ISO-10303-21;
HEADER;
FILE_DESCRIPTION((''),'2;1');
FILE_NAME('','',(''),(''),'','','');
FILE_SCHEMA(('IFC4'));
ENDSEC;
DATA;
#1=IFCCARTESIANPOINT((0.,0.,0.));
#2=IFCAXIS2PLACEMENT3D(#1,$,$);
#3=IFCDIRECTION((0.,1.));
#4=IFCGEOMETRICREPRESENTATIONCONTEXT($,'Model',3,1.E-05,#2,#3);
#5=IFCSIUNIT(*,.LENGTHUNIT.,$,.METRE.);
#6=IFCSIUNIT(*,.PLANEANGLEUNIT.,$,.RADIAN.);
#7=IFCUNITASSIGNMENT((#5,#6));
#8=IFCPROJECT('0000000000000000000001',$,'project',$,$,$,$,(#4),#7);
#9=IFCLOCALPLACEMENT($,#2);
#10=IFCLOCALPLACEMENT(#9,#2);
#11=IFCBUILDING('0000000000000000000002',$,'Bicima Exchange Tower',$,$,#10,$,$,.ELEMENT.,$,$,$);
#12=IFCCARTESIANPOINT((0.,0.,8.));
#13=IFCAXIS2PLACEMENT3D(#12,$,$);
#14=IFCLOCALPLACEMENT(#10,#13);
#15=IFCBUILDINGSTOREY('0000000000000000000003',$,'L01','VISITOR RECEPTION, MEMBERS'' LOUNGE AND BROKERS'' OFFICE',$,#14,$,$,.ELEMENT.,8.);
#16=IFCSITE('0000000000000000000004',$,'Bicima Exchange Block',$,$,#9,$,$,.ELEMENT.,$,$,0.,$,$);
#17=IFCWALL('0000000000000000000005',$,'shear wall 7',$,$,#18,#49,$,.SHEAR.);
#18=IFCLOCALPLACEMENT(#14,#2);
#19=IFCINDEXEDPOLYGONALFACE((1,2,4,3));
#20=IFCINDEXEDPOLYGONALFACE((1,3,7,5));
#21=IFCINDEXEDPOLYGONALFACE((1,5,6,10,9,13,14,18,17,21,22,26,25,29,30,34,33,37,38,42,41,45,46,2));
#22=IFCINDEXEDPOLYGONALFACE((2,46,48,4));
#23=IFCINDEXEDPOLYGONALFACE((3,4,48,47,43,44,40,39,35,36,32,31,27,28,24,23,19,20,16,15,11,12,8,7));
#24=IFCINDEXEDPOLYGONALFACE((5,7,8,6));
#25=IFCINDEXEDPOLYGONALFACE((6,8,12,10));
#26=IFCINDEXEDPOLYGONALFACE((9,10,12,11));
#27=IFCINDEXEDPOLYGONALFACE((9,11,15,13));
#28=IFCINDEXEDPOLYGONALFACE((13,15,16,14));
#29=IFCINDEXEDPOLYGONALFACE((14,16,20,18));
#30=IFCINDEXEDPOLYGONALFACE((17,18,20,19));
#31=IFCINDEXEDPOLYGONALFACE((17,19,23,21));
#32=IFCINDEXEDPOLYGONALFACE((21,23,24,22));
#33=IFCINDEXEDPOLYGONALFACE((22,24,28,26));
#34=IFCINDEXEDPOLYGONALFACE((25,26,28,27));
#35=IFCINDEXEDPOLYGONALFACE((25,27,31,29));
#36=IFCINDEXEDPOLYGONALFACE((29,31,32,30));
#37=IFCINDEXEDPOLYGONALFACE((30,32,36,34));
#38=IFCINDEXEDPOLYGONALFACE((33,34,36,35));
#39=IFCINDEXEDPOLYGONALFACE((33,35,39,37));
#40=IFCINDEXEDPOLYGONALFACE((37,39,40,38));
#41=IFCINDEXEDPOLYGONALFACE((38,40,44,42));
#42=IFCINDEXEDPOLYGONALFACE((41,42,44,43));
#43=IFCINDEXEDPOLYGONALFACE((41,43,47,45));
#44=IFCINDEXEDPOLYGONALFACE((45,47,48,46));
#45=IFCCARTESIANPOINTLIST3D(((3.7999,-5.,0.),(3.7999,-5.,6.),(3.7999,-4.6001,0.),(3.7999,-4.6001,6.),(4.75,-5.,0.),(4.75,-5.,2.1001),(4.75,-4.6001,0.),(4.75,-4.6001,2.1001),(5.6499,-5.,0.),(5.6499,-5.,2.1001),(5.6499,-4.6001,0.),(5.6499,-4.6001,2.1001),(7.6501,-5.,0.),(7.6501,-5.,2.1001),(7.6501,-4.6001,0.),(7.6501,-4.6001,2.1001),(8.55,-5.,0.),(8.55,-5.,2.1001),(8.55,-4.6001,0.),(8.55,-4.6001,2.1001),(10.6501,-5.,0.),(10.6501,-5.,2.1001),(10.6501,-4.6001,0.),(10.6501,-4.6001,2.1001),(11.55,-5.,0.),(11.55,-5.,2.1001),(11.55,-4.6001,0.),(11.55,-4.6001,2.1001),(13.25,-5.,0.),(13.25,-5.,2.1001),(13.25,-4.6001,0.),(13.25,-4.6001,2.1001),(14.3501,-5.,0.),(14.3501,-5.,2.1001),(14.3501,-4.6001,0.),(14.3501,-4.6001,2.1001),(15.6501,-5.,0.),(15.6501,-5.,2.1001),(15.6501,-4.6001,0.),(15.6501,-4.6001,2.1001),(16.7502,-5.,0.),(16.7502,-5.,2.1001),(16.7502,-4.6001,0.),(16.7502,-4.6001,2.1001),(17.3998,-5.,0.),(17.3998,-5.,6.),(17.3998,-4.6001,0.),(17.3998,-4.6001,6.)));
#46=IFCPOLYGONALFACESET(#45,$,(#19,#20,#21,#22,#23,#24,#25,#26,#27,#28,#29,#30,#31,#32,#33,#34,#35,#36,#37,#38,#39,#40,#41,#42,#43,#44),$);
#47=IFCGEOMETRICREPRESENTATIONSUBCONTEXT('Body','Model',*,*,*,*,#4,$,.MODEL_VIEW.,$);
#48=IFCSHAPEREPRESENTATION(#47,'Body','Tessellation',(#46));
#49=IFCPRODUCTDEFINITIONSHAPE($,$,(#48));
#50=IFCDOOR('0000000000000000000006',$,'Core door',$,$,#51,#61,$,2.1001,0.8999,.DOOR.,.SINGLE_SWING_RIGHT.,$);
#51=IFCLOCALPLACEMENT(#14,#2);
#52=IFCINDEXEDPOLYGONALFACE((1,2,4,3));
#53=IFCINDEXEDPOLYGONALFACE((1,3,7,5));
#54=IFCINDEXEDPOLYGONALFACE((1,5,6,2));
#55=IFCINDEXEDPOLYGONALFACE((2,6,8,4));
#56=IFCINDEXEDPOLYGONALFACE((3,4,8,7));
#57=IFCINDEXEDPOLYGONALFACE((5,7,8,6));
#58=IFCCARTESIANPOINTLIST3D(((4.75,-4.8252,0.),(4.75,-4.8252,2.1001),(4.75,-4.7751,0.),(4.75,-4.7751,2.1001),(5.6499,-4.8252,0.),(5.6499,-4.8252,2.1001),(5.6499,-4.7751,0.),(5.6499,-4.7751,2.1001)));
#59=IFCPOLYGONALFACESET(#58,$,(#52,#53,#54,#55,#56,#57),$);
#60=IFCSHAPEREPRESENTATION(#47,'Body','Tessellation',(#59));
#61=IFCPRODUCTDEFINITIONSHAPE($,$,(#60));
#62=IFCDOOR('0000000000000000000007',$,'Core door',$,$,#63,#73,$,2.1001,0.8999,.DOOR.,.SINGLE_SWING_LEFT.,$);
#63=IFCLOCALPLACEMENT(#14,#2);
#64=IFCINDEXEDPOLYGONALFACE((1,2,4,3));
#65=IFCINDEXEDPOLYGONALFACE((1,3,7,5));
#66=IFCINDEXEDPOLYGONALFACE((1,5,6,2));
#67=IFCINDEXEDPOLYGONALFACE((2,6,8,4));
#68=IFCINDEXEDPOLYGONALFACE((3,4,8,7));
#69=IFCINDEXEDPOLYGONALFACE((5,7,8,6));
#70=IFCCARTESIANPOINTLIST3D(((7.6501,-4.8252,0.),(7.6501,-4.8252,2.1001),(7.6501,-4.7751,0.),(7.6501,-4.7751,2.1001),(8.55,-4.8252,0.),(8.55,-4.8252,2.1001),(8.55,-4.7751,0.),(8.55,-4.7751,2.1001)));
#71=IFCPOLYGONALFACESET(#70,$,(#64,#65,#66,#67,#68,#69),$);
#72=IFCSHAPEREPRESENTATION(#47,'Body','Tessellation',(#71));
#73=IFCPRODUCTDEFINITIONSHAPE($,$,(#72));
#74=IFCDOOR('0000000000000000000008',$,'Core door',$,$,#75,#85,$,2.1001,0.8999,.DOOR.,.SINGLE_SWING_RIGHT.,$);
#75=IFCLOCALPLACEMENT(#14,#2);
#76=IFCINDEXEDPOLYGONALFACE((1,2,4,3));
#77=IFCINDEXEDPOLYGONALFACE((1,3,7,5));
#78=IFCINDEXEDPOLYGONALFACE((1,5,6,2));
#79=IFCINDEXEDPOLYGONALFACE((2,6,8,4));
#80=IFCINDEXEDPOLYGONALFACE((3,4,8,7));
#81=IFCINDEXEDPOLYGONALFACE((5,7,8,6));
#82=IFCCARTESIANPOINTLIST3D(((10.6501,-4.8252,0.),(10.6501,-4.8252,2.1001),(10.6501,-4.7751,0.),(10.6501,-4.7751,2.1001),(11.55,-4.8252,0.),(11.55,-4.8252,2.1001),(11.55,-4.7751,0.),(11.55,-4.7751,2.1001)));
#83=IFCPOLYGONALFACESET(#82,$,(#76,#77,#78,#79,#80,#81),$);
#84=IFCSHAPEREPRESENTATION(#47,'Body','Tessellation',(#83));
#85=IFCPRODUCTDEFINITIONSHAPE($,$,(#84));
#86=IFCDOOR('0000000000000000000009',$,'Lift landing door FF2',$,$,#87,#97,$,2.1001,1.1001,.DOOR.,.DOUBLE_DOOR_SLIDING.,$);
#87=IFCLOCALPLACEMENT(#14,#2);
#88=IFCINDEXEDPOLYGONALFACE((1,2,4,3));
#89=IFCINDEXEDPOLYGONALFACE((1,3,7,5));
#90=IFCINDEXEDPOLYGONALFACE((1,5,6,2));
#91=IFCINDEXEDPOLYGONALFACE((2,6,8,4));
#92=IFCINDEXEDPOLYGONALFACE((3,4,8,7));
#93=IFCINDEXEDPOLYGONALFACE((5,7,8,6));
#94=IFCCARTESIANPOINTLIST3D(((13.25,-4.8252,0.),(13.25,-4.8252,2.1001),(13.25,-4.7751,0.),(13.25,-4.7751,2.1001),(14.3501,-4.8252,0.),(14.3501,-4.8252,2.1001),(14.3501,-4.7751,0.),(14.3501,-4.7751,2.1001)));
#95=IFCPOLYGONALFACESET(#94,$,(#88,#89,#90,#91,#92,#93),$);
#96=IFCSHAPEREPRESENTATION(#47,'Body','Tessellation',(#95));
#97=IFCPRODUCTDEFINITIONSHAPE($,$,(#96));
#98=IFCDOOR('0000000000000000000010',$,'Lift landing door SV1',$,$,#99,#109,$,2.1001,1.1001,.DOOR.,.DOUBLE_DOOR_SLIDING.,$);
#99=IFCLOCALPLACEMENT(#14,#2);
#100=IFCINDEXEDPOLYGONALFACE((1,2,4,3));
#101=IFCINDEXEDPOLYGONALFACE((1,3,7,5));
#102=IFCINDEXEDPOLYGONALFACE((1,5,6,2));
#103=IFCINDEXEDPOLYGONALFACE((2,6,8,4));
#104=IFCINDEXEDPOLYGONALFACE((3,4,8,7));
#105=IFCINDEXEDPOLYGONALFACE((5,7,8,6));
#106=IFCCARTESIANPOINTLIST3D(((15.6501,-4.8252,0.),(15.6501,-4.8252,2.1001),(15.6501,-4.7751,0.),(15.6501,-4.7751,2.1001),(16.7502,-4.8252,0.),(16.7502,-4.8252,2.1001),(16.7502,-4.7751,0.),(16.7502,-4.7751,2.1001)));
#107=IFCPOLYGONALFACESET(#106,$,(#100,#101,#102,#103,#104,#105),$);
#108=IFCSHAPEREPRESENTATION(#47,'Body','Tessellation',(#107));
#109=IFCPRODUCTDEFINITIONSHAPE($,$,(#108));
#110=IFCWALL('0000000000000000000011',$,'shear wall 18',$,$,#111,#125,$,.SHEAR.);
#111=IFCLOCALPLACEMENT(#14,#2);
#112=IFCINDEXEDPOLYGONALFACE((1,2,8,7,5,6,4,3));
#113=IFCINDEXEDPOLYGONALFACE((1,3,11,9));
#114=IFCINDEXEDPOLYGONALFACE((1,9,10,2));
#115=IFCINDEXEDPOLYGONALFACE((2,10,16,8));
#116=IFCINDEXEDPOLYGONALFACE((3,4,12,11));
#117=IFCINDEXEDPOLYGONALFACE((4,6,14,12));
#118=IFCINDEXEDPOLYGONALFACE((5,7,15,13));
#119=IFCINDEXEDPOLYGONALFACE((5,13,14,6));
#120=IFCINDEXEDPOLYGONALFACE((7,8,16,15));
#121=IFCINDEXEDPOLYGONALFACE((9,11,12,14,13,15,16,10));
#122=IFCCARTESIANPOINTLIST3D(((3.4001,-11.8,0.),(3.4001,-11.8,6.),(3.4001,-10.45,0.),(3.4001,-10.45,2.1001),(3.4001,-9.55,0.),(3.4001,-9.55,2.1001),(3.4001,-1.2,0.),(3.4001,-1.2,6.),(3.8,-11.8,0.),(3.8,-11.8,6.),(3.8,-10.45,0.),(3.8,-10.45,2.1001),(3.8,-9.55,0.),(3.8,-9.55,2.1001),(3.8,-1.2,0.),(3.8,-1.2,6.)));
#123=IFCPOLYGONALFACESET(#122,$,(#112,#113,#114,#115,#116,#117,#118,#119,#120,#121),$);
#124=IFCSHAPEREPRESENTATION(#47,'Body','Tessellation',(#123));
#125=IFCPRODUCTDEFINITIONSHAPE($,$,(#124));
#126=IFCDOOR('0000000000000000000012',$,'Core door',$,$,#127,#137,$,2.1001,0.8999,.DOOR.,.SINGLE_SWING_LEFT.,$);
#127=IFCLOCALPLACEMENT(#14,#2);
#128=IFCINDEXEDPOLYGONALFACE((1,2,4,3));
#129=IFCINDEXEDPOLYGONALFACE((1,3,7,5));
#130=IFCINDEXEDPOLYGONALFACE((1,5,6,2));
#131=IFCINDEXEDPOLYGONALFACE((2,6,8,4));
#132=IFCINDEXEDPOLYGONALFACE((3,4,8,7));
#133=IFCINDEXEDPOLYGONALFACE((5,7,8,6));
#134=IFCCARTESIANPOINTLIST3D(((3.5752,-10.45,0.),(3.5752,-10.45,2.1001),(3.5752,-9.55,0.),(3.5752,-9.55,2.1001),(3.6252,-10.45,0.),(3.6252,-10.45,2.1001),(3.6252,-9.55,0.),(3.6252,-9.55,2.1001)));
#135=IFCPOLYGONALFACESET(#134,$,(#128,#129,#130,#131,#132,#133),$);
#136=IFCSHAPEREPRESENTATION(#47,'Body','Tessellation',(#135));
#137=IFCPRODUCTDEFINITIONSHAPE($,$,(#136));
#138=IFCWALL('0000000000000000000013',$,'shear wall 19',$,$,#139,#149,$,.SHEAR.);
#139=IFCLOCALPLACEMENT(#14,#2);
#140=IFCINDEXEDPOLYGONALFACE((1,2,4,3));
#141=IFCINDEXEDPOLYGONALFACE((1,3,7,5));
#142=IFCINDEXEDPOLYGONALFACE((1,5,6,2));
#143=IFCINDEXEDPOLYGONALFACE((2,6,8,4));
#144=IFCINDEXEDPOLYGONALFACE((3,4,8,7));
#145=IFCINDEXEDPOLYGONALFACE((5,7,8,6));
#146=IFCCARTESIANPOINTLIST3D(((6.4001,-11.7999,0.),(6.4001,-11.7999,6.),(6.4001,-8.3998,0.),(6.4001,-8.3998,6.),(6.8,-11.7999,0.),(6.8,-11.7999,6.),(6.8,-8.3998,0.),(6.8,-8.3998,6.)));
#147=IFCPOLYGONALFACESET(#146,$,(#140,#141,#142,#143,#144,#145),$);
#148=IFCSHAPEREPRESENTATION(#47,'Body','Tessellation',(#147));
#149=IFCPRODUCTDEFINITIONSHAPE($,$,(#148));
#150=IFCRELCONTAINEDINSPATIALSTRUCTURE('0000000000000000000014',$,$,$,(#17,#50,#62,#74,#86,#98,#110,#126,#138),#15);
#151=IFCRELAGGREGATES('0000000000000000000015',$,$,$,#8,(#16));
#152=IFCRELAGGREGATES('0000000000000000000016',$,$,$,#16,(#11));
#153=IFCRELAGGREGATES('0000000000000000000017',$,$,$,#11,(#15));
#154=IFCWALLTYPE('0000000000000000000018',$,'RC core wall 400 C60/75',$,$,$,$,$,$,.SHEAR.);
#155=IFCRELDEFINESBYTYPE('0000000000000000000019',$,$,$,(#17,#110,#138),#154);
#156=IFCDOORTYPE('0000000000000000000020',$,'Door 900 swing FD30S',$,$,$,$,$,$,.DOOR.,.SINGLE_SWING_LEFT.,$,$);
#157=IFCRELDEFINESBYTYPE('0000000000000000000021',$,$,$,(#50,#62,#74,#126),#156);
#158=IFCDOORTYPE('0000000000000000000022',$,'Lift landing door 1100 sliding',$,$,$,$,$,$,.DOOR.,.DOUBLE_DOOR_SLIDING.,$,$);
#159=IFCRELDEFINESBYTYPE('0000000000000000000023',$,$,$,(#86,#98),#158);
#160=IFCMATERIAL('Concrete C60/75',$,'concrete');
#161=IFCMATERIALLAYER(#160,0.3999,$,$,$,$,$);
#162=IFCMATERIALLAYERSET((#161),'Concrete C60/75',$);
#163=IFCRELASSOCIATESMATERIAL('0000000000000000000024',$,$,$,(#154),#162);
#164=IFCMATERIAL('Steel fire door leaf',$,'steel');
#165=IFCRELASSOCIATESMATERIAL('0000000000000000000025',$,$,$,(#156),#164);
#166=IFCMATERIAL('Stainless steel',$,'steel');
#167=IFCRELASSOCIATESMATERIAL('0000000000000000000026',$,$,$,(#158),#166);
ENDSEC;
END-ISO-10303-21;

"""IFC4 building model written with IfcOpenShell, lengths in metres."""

from ifc_helpers import new_model, si_unit, direction, frame, frame_2d, origin, place, context, subcontext, project, spatial, rectangle, extrude, material, layer, layer_set, type_object, element, fill, save


model = new_model("IFC4")

# Units and contexts
model_context = context("Model", 3, precision=1e-05, world=origin(), true_north=direction((0.0, 1.0)))
body_context = subcontext(model_context, "Body", "Model", "MODEL_VIEW")
ifc_project = project(units=[si_unit("LENGTHUNIT", "METRE"), si_unit("PLANEANGLEUNIT", "RADIAN")], contexts=[model_context])

# Site, building, storey
site_placement = place(None, origin())
site = spatial("IfcSite", under=ifc_project, at=site_placement, Name="Bicima Exchange Block", CompositionType="ELEMENT", RefElevation=0.0)
building_placement = place(site_placement, origin())
building = spatial("IfcBuilding", under=site, at=building_placement, Name="Bicima Exchange Tower", CompositionType="ELEMENT")
storey_placement = place(building_placement, frame((0.0, 0.0, 8.0)))
storey = spatial("IfcBuildingStorey", under=building, at=storey_placement, Name="L01", Description="VISITOR RECEPTION, MEMBERS' LOUNGE AND BROKERS' OFFICE", CompositionType="ELEMENT", Elevation=8.0)

# Shared definitions
ifc_material_1 = material(Name="Concrete C60/75", Category="concrete")
ifc_layer_1 = layer(ifc_material_1, 0.3999)
ifc_layer_set_1 = layer_set([ifc_layer_1], Name="Concrete C60/75")
wall_type_1 = type_object("IfcWallType", Name="RC core wall 400 C60/75", PredefinedType="SHEAR", material=ifc_layer_set_1)
ifc_material_2 = material(Name="Steel fire door leaf", Category="steel")
door_type_1 = type_object("IfcDoorType", Name="Door 900 swing FD30S", OperationType="SINGLE_SWING_LEFT", PredefinedType="DOOR", material=ifc_material_2)

# Wall, openings, doors
wall_1_placement = place(storey_placement, frame((3.8, -4.8, 0.0), z_axis=(0.0, 0.0, 1.0), x_axis=(1.0, 0.0, 0.0)))
wall_1 = element("IfcWall", 1, at=wall_1_placement, inside=storey, type_object=wall_type_1, Name="shear wall 7", PredefinedType="SHEAR", context=body_context, shape_type="SweptSolid", body=[
    extrude(rectangle(XDim=13.5999, YDim=0.3999, at=frame_2d((6.7998, 0.0))), origin(), (0.0, 0.0, 1.0), 6.0),
])
opening_1_placement = place(wall_1_placement, frame((9.45, 0.0, 0.0)))
opening_1 = element("IfcOpeningElement", 2, at=opening_1_placement, cuts=wall_1, PredefinedType="OPENING", context=body_context, shape_type="SweptSolid", body=[
    extrude(rectangle(XDim=1.1001, YDim=2.1001, at=frame_2d((0.55, 1.05))), frame((0.0, 0.2119, 0.0), z_axis=(0.0, -1.0, 0.0), x_axis=(1.0, 0.0, 0.0)), (0.0, 0.0, 1.0), 0.4238),
])
opening_2_placement = place(wall_1_placement, frame((11.8501, 0.0, 0.0)))
opening_2 = element("IfcOpeningElement", 3, at=opening_2_placement, cuts=wall_1, PredefinedType="OPENING", context=body_context, shape_type="SweptSolid", body=[
    extrude(rectangle(XDim=1.1001, YDim=2.1001, at=frame_2d((0.55, 1.05))), frame((0.0, 0.2119, 0.0), z_axis=(0.0, -1.0, 0.0), x_axis=(1.0, 0.0, 0.0)), (0.0, 0.0, 1.0), 0.4238),
])
opening_3_placement = place(wall_1_placement, frame((0.95, 0.0, 0.0)))
opening_3 = element("IfcOpeningElement", 4, at=opening_3_placement, cuts=wall_1, PredefinedType="OPENING", context=body_context, shape_type="SweptSolid", body=[
    extrude(rectangle(XDim=0.8999, YDim=2.1001, at=frame_2d((0.45, 1.05))), frame((0.0, 0.2119, 0.0), z_axis=(0.0, -1.0, 0.0), x_axis=(1.0, 0.0, 0.0)), (0.0, 0.0, 1.0), 0.4238),
])
opening_4_placement = place(wall_1_placement, frame((3.8501, 0.0, 0.0)))
opening_4 = element("IfcOpeningElement", 5, at=opening_4_placement, cuts=wall_1, PredefinedType="OPENING", context=body_context, shape_type="SweptSolid", body=[
    extrude(rectangle(XDim=0.8999, YDim=2.1001, at=frame_2d((0.45, 1.05))), frame((0.0, 0.2119, 0.0), z_axis=(0.0, -1.0, 0.0), x_axis=(1.0, 0.0, 0.0)), (0.0, 0.0, 1.0), 0.4238),
])
opening_5_placement = place(wall_1_placement, frame((6.8501, 0.0, 0.0)))
opening_5 = element("IfcOpeningElement", 6, at=opening_5_placement, cuts=wall_1, PredefinedType="OPENING", context=body_context, shape_type="SweptSolid", body=[
    extrude(rectangle(XDim=0.8999, YDim=2.1001, at=frame_2d((0.45, 1.05))), frame((0.0, 0.2119, 0.0), z_axis=(0.0, -1.0, 0.0), x_axis=(1.0, 0.0, 0.0)), (0.0, 0.0, 1.0), 0.4238),
])
door_1_placement = place(opening_3_placement, origin())
door_1 = element("IfcDoor", 7, at=door_1_placement, inside=storey, type_object=door_type_1, Name="Core door", OperationType="SINGLE_SWING_RIGHT", OverallHeight=2.1001, OverallWidth=0.8999, PredefinedType="DOOR", context=body_context, shape_type="SweptSolid", body=[
    extrude(rectangle(XDim=0.8999, YDim=2.1001, at=frame_2d((0.45, 1.05))), frame((0.0, 0.0249, 0.0), z_axis=(0.0, -1.0, 0.0), x_axis=(1.0, 0.0, 0.0)), (0.0, 0.0, 1.0), 0.05),
])
fill(opening_3, door_1)
door_2_placement = place(opening_4_placement, origin())
door_2 = element("IfcDoor", 8, at=door_2_placement, inside=storey, type_object=door_type_1, Name="Core door", OperationType="SINGLE_SWING_LEFT", OverallHeight=2.1001, OverallWidth=0.8999, PredefinedType="DOOR", context=body_context, shape_type="SweptSolid", body=[
    extrude(rectangle(XDim=0.8999, YDim=2.1001, at=frame_2d((0.45, 1.05))), frame((0.0, 0.0249, 0.0), z_axis=(0.0, -1.0, 0.0), x_axis=(1.0, 0.0, 0.0)), (0.0, 0.0, 1.0), 0.05),
])
fill(opening_4, door_2)
door_3_placement = place(opening_5_placement, origin())
door_3 = element("IfcDoor", 9, at=door_3_placement, inside=storey, type_object=door_type_1, Name="Core door", OperationType="SINGLE_SWING_RIGHT", OverallHeight=2.1001, OverallWidth=0.8999, PredefinedType="DOOR", context=body_context, shape_type="SweptSolid", body=[
    extrude(rectangle(XDim=0.8999, YDim=2.1001, at=frame_2d((0.45, 1.05))), frame((0.0, 0.0249, 0.0), z_axis=(0.0, -1.0, 0.0), x_axis=(1.0, 0.0, 0.0)), (0.0, 0.0, 1.0), 0.05),
])
fill(opening_5, door_3)
ifc_material_3 = material(Name="Stainless steel", Category="steel")
door_type_2 = type_object("IfcDoorType", Name="Lift landing door 1100 sliding", OperationType="DOUBLE_DOOR_SLIDING", PredefinedType="DOOR", material=ifc_material_3)
door_4_placement = place(opening_1_placement, origin())
door_4 = element("IfcDoor", 10, at=door_4_placement, inside=storey, type_object=door_type_2, Name="Lift landing door FF2", OperationType="DOUBLE_DOOR_SLIDING", OverallHeight=2.1001, OverallWidth=1.1001, PredefinedType="DOOR", context=body_context, shape_type="SweptSolid", body=[
    extrude(rectangle(XDim=1.1001, YDim=2.1001, at=frame_2d((0.55, 1.05))), frame((0.0, 0.0249, 0.0), z_axis=(0.0, -1.0, 0.0), x_axis=(1.0, 0.0, 0.0)), (0.0, 0.0, 1.0), 0.05),
])
fill(opening_1, door_4)
door_5_placement = place(opening_2_placement, origin())
door_5 = element("IfcDoor", 11, at=door_5_placement, inside=storey, type_object=door_type_2, Name="Lift landing door SV1", OperationType="DOUBLE_DOOR_SLIDING", OverallHeight=2.1001, OverallWidth=1.1001, PredefinedType="DOOR", context=body_context, shape_type="SweptSolid", body=[
    extrude(rectangle(XDim=1.1001, YDim=2.1001, at=frame_2d((0.55, 1.05))), frame((0.0, 0.0249, 0.0), z_axis=(0.0, -1.0, 0.0), x_axis=(1.0, 0.0, 0.0)), (0.0, 0.0, 1.0), 0.05),
])
fill(opening_2, door_5)

# Wall, opening, door
wall_2_placement = place(storey_placement, frame((3.6001, -11.8, 0.0), z_axis=(0.0, 0.0, 1.0), x_axis=(0.0, 1.0, 0.0)))
wall_2 = element("IfcWall", 12, at=wall_2_placement, inside=storey, type_object=wall_type_1, Name="shear wall 18", PredefinedType="SHEAR", context=body_context, shape_type="SweptSolid", body=[
    extrude(rectangle(XDim=10.6001, YDim=0.3999, at=frame_2d((5.3, 0.0))), origin(), (0.0, 0.0, 1.0), 6.0),
])
opening_6_placement = place(wall_2_placement, frame((1.3501, 0.0, 0.0)))
opening_6 = element("IfcOpeningElement", 13, at=opening_6_placement, cuts=wall_2, PredefinedType="OPENING", context=body_context, shape_type="SweptSolid", body=[
    extrude(rectangle(XDim=0.8999, YDim=2.1001, at=frame_2d((0.45, 1.05))), frame((0.0, 0.2119, 0.0), z_axis=(0.0, -1.0, 0.0), x_axis=(1.0, 0.0, 0.0)), (0.0, 0.0, 1.0), 0.4238),
])
door_6_placement = place(opening_6_placement, origin())
door_6 = element("IfcDoor", 14, at=door_6_placement, inside=storey, type_object=door_type_1, Name="Core door", OperationType="SINGLE_SWING_LEFT", OverallHeight=2.1001, OverallWidth=0.8999, PredefinedType="DOOR", context=body_context, shape_type="SweptSolid", body=[
    extrude(rectangle(XDim=0.8999, YDim=2.1001, at=frame_2d((0.45, 1.05))), frame((0.0, 0.0249, 0.0), z_axis=(0.0, -1.0, 0.0), x_axis=(1.0, 0.0, 0.0)), (0.0, 0.0, 1.0), 0.05),
])
fill(opening_6, door_6)

# Wall
wall_3_placement = place(storey_placement, frame((6.6001, -11.8, 0.0), z_axis=(0.0, 0.0, 1.0), x_axis=(0.0, 1.0, 0.0)))
element("IfcWall", 15, at=wall_3_placement, inside=storey, type_object=wall_type_1, Name="shear wall 19", PredefinedType="SHEAR", context=body_context, shape_type="SweptSolid", body=[
    extrude(rectangle(XDim=3.4001, YDim=0.3999, at=frame_2d((1.7002, 0.0))), origin(), (0.0, 0.0, 1.0), 6.0),
])

save(model, "model.ifc")
